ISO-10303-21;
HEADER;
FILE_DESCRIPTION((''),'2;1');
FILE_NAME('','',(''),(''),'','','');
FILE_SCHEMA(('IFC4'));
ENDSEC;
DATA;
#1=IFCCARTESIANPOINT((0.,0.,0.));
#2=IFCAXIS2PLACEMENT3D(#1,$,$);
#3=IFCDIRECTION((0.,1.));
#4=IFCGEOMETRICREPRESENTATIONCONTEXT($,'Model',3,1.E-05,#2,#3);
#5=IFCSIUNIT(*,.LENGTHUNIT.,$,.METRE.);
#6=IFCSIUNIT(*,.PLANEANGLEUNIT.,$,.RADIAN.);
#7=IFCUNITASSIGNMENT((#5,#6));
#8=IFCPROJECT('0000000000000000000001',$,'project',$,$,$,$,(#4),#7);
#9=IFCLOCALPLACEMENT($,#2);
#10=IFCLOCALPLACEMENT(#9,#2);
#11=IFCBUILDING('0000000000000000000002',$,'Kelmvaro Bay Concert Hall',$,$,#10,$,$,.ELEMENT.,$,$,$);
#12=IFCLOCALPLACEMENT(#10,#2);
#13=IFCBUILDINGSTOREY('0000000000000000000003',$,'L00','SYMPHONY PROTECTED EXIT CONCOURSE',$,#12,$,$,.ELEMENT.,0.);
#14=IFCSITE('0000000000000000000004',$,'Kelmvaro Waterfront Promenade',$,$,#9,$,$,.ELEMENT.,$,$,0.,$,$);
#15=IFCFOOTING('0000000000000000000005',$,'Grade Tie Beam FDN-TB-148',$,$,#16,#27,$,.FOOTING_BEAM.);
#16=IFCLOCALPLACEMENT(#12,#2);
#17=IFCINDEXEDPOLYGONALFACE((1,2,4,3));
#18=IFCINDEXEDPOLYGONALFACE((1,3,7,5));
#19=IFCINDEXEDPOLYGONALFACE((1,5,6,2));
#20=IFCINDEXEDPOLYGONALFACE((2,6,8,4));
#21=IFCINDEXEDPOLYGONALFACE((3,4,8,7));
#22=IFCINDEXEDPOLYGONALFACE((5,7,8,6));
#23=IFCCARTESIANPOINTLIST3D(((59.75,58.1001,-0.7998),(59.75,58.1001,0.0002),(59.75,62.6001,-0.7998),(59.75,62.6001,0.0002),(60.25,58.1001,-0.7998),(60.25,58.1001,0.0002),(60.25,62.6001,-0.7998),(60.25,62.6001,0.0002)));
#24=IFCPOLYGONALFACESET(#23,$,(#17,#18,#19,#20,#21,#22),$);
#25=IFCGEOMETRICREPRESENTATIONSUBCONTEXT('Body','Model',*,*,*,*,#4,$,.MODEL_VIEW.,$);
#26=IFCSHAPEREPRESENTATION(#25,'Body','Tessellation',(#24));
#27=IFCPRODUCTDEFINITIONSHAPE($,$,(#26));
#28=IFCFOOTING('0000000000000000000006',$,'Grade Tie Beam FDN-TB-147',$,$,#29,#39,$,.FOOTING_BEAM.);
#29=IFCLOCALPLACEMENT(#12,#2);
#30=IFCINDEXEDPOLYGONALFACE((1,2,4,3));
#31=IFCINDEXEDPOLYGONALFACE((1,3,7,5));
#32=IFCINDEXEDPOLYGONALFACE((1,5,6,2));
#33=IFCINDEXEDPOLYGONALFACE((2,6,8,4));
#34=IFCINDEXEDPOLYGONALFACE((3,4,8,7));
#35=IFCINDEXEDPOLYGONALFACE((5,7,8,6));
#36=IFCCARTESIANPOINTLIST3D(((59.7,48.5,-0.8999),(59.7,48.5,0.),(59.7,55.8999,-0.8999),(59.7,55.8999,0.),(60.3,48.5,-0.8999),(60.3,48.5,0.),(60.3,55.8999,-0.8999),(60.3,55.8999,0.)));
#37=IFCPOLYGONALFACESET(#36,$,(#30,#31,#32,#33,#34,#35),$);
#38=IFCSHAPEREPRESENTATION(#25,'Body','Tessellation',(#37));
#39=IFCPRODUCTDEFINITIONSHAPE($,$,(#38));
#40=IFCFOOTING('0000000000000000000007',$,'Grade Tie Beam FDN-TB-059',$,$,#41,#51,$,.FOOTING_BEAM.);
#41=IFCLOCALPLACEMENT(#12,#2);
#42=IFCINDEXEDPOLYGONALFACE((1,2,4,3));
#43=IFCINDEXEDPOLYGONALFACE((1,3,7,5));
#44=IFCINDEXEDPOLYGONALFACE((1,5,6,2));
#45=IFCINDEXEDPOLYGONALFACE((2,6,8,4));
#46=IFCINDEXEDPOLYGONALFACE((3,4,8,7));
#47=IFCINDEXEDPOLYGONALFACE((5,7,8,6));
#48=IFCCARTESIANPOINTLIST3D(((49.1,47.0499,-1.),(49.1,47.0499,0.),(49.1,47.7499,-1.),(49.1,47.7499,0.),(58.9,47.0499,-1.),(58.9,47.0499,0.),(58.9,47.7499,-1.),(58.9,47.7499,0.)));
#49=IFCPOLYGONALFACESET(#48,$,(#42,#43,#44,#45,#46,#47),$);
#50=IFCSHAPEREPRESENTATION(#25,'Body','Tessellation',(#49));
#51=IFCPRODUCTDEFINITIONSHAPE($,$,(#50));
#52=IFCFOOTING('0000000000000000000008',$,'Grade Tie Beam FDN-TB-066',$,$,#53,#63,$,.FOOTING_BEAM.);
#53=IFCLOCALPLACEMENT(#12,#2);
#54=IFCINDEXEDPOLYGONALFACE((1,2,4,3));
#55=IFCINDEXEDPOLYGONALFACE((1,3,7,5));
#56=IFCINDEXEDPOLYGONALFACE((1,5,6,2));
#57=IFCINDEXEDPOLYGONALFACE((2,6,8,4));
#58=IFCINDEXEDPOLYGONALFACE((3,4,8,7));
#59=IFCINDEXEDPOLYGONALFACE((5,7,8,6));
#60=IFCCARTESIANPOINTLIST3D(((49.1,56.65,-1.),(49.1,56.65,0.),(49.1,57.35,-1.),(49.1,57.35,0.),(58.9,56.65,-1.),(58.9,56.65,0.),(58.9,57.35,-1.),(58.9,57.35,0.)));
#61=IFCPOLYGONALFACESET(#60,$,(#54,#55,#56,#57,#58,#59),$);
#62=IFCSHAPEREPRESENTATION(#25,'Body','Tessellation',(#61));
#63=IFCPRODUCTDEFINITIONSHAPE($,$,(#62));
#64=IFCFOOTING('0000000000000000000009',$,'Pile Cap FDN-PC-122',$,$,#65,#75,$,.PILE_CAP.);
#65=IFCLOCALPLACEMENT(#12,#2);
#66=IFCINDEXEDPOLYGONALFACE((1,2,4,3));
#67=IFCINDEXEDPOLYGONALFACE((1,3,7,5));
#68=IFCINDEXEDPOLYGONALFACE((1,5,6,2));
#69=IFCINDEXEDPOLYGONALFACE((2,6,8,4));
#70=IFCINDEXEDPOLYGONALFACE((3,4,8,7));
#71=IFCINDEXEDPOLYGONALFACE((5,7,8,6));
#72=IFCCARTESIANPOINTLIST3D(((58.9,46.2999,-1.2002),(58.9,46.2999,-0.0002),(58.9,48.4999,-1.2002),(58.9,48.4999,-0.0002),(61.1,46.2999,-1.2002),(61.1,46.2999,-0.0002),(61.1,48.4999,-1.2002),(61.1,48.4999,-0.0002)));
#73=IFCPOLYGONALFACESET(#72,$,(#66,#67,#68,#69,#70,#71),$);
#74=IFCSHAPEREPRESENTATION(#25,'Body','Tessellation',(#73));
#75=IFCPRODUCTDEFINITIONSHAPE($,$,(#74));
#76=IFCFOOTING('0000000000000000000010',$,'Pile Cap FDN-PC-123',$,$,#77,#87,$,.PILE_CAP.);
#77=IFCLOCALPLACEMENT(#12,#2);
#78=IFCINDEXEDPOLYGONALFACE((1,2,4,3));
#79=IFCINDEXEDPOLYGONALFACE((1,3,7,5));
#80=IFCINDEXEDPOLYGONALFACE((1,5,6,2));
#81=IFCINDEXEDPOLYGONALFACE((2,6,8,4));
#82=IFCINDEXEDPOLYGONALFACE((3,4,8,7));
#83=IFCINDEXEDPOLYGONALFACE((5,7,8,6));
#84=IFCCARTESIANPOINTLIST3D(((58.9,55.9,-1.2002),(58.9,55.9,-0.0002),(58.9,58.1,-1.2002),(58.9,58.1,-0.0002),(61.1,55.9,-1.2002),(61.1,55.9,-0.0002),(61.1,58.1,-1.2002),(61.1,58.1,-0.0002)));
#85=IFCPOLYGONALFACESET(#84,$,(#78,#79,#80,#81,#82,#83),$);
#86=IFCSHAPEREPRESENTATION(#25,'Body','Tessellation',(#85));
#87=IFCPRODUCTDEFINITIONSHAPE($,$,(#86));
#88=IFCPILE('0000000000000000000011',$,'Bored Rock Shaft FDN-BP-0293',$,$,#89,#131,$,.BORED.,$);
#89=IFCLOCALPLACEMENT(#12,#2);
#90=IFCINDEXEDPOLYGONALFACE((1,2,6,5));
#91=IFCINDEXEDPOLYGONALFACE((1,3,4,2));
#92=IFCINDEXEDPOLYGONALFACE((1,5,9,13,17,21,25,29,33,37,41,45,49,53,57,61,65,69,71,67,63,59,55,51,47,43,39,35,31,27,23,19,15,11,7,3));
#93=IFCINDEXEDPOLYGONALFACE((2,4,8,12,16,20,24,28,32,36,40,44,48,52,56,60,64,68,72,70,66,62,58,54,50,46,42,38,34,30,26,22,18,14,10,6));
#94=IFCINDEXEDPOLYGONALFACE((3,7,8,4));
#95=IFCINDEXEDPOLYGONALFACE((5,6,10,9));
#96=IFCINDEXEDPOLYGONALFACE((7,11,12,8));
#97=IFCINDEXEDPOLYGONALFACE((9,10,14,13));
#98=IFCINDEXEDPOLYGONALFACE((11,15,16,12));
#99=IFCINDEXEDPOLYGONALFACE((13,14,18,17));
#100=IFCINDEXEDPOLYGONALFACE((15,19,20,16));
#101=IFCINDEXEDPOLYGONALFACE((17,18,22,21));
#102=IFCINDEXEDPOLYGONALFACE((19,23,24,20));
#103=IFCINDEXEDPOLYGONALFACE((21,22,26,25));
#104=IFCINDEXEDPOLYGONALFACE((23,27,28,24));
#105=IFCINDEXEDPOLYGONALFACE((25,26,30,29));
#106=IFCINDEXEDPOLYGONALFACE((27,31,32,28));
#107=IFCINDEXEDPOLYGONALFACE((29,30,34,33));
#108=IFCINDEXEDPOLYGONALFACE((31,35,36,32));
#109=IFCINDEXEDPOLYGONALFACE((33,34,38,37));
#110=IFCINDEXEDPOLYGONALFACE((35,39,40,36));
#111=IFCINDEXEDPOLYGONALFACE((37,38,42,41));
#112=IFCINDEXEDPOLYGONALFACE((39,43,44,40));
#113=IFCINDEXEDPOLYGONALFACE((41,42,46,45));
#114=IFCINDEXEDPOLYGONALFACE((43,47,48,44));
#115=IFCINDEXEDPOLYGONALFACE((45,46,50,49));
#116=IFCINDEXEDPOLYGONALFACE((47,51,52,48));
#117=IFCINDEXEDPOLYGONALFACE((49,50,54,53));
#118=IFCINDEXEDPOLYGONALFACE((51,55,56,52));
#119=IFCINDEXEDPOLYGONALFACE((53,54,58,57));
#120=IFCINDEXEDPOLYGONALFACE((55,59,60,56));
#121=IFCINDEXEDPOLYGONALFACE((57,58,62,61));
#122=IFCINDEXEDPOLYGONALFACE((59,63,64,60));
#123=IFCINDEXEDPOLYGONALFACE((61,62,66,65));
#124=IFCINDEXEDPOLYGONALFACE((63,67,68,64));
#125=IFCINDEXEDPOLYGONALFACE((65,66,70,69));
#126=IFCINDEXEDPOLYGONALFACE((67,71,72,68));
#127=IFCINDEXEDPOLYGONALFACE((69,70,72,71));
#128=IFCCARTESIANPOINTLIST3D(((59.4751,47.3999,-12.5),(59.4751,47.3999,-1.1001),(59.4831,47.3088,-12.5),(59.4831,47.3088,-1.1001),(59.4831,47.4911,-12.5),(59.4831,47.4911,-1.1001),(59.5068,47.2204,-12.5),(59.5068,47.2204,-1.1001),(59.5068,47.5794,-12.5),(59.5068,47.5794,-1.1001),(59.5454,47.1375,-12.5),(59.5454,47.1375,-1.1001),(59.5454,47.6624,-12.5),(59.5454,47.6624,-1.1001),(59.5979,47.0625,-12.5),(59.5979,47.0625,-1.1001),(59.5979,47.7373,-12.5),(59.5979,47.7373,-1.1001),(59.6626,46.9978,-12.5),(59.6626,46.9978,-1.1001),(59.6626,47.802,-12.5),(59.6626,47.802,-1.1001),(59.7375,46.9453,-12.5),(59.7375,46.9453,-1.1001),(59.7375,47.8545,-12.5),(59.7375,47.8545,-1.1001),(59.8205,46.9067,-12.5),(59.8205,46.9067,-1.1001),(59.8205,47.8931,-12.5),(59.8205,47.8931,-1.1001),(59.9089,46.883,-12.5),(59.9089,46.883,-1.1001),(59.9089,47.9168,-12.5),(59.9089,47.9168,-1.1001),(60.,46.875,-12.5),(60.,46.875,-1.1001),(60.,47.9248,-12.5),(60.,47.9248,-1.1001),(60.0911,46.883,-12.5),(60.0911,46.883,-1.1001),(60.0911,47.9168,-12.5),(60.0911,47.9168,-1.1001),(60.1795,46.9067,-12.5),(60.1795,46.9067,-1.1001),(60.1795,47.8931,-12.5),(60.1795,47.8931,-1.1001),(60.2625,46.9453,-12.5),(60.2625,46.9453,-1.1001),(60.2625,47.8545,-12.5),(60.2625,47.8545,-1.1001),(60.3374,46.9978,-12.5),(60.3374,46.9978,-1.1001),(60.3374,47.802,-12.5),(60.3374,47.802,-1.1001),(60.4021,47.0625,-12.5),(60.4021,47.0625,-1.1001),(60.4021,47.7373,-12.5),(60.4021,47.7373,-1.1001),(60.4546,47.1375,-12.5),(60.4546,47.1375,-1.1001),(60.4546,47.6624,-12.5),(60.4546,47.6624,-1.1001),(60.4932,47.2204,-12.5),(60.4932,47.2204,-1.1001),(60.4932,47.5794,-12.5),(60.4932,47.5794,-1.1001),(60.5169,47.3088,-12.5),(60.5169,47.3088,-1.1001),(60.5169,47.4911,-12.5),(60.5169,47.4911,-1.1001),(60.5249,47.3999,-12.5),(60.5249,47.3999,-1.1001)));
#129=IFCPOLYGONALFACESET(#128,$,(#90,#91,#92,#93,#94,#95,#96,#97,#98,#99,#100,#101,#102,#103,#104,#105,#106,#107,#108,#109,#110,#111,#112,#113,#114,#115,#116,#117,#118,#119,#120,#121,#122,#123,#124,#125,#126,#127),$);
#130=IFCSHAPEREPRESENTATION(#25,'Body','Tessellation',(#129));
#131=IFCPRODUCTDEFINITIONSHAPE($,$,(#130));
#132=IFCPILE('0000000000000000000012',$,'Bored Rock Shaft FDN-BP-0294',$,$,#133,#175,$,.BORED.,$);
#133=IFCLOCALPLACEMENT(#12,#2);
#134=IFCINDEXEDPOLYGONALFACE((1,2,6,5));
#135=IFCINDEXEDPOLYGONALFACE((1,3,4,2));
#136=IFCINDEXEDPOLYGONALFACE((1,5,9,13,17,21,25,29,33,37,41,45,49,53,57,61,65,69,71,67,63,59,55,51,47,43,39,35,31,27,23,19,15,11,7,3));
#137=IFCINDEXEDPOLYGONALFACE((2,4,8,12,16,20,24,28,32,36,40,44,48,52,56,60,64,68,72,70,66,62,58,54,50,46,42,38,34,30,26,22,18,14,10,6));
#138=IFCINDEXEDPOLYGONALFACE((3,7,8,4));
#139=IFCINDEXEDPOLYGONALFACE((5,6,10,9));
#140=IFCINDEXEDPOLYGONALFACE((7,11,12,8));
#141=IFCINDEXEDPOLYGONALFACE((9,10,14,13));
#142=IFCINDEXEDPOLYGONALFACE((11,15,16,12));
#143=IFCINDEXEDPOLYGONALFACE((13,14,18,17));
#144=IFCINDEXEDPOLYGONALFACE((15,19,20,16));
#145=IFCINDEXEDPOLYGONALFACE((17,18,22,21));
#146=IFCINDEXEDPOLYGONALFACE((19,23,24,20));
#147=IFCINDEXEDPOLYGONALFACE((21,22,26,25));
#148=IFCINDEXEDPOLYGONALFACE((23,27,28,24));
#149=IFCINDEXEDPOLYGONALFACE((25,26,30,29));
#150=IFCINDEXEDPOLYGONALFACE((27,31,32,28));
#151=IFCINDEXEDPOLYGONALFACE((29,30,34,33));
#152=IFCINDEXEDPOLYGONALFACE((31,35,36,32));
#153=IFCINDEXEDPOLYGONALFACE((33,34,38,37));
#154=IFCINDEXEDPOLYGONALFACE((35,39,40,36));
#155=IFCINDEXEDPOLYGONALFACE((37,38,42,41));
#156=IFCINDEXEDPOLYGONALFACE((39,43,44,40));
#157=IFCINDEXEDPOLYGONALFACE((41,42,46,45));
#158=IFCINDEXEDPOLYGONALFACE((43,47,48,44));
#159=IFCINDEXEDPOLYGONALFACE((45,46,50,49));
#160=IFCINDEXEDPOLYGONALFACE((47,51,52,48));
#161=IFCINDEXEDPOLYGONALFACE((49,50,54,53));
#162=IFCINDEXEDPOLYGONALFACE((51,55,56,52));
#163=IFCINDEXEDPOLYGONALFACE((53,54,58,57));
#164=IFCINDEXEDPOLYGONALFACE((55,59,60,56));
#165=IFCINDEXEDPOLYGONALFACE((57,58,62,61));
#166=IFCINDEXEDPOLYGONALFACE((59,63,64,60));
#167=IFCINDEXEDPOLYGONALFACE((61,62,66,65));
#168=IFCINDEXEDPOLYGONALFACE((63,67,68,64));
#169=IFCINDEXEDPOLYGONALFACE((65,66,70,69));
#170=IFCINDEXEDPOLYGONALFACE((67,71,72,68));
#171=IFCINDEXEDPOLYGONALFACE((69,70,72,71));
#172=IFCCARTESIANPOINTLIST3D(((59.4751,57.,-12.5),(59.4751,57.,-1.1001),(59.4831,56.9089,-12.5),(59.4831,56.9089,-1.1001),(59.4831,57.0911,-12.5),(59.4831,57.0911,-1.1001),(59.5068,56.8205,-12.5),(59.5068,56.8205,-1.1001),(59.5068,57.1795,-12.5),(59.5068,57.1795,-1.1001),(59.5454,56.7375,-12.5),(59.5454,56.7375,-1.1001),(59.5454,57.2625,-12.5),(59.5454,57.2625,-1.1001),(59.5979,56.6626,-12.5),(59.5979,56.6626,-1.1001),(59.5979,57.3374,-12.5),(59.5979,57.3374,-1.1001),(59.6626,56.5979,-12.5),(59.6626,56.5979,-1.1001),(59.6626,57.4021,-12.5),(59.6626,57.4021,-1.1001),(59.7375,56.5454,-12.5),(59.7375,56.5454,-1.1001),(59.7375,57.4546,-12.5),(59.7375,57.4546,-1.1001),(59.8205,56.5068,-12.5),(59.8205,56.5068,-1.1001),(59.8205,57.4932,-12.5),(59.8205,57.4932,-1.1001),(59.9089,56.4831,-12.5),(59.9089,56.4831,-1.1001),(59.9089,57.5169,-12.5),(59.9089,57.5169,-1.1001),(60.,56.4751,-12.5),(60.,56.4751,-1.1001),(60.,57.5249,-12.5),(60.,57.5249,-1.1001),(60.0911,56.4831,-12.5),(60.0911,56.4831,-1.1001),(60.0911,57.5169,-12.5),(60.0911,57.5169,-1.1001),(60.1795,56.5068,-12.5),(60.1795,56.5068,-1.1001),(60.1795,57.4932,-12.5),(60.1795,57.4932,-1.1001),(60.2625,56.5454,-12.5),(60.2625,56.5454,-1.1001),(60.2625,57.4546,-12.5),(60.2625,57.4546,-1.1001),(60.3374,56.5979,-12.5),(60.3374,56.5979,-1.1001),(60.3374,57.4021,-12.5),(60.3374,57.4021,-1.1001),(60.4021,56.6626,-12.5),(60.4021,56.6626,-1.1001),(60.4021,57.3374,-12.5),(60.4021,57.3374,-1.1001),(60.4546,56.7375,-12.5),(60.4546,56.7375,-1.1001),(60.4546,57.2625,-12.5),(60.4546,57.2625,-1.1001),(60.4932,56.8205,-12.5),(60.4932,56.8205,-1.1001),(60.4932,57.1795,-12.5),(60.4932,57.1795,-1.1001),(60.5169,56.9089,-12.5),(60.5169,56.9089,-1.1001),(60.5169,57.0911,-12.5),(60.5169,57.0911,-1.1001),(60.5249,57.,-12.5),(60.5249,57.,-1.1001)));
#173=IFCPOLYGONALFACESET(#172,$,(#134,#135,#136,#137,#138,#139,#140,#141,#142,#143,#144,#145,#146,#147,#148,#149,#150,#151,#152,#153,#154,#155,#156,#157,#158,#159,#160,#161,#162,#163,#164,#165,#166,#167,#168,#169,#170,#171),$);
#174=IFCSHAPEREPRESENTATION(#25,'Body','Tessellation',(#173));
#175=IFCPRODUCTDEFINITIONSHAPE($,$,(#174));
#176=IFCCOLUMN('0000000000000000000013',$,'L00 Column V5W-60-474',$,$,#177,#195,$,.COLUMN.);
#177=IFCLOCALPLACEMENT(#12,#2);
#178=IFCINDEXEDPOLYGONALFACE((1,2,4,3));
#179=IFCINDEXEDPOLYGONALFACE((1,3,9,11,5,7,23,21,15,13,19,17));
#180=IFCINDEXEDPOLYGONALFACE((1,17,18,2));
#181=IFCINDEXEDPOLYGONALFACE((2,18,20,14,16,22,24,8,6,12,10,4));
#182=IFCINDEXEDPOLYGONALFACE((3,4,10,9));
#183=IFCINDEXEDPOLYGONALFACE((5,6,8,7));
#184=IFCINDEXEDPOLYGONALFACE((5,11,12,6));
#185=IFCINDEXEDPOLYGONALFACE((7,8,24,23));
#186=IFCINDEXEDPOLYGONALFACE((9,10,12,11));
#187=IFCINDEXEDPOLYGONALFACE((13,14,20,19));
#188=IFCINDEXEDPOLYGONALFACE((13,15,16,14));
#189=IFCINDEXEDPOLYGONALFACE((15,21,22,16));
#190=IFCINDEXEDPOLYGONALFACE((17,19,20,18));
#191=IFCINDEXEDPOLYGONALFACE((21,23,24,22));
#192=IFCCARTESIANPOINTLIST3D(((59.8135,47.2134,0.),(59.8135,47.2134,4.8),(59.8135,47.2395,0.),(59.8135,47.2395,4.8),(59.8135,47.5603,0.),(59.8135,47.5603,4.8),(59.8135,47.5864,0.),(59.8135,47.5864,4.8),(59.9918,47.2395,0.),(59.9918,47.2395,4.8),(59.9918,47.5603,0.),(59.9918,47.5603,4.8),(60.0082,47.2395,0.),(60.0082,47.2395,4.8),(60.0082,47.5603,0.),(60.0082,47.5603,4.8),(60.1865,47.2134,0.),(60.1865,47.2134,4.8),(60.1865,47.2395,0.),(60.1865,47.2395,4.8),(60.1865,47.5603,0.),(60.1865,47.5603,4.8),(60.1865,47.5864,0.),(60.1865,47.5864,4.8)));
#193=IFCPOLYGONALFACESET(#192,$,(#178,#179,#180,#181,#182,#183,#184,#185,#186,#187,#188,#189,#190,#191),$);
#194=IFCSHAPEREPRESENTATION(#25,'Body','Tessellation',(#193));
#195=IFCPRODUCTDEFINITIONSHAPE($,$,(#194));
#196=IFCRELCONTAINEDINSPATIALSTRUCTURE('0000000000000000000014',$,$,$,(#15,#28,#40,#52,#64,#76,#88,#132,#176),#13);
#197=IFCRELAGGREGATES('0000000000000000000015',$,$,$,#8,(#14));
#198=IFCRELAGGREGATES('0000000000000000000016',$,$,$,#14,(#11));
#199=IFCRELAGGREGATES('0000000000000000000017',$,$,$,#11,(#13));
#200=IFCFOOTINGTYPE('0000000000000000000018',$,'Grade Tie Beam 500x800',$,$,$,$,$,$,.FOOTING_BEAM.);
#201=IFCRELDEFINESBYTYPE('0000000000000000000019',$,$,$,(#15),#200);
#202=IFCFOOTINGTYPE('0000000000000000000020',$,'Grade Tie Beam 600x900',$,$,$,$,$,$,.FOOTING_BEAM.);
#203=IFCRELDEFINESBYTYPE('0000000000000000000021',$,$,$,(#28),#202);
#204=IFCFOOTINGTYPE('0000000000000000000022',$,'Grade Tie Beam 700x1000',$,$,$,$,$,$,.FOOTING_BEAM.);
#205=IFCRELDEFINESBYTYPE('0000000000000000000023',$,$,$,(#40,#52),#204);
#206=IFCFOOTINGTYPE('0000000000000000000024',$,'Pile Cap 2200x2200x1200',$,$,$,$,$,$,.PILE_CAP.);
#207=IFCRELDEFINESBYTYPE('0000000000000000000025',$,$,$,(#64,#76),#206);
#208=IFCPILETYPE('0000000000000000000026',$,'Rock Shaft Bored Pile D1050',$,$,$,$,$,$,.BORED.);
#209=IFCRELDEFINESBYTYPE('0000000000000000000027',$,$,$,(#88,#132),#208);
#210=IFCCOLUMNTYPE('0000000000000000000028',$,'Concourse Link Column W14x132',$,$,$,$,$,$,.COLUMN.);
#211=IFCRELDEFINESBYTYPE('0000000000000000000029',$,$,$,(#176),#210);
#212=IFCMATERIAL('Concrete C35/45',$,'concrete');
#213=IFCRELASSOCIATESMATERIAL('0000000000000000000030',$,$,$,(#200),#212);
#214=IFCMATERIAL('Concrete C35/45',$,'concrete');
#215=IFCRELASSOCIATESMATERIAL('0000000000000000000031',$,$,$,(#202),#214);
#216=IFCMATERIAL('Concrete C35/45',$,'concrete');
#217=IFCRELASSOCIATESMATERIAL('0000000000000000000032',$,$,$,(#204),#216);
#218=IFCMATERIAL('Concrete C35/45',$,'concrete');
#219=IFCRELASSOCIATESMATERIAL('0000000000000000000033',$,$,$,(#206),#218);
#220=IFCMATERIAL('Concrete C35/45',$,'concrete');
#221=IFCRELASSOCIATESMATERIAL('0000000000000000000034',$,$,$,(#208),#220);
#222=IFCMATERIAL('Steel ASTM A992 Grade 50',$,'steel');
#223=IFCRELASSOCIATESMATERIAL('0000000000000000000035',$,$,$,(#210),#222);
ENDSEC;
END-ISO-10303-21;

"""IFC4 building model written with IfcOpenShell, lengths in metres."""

from ifc_helpers import new_model, si_unit, direction, frame, origin, origin_2d, place, context, subcontext, project, spatial, rectangle, circle, i_section, extrude, material, material_profile, profile_set, type_object, element, save


model = new_model("IFC4")

# Units and contexts
model_context = context("Model", 3, precision=1e-05, world=origin(), true_north=direction((0.0, 1.0)))
body_context = subcontext(model_context, "Body", "Model", "MODEL_VIEW")
ifc_project = project(units=[si_unit("LENGTHUNIT", "METRE"), si_unit("PLANEANGLEUNIT", "RADIAN")], contexts=[model_context])

# Site, building, storey
site_placement = place(None, origin())
site = spatial("IfcSite", under=ifc_project, at=site_placement, Name="Kelmvaro Waterfront Promenade", CompositionType="ELEMENT", RefElevation=0.0)
building_placement = place(site_placement, origin())
building = spatial("IfcBuilding", under=site, at=building_placement, Name="Kelmvaro Bay Concert Hall", CompositionType="ELEMENT")
storey_placement = place(building_placement, origin())
storey = spatial("IfcBuildingStorey", under=building, at=storey_placement, Name="L00", Description="SYMPHONY PROTECTED EXIT CONCOURSE", CompositionType="ELEMENT", Elevation=0.0)

# Footings
ifc_material_1 = material(Name="Concrete C35/45", Category="concrete")
footing_type_1 = type_object("IfcFootingType", Name="Grade Tie Beam 500x800", PredefinedType="FOOTING_BEAM", material=ifc_material_1)
footing_1_placement = place(storey_placement, frame((60.0, 60.3501, -0.7998), z_axis=(0.0, 0.0, 1.0), x_axis=(0.0, 1.0, 0.0)))
element("IfcFooting", 1, at=footing_1_placement, inside=storey, type_object=footing_type_1, Name="Grade Tie Beam FDN-TB-148", PredefinedType="FOOTING_BEAM", context=body_context, shape_type="SweptSolid", body=[
    extrude(rectangle(XDim=4.5, YDim=0.5, at=origin_2d()), origin(), (0.0, 0.0, 1.0), 0.8),
])
ifc_material_2 = material(Name="Concrete C35/45", Category="concrete")
footing_type_2 = type_object("IfcFootingType", Name="Grade Tie Beam 600x900", PredefinedType="FOOTING_BEAM", material=ifc_material_2)
footing_2_placement = place(storey_placement, frame((60.0, 52.2, -0.8999), z_axis=(0.0, 0.0, 1.0), x_axis=(0.0, 1.0, 0.0)))
element("IfcFooting", 2, at=footing_2_placement, inside=storey, type_object=footing_type_2, Name="Grade Tie Beam FDN-TB-147", PredefinedType="FOOTING_BEAM", context=body_context, shape_type="SweptSolid", body=[
    extrude(rectangle(XDim=7.3999, YDim=0.6001, at=origin_2d()), origin(), (0.0, 0.0, 1.0), 0.8999),
])
ifc_material_3 = material(Name="Concrete C35/45", Category="concrete")
footing_type_3 = type_object("IfcFootingType", Name="Grade Tie Beam 700x1000", PredefinedType="FOOTING_BEAM", material=ifc_material_3)
for number, where, z_axis, x_axis, name in (
    (3, (54.0, 47.3999, -1.0), (0.0, 0.0, 1.0), (1.0, 0.0, 0.0), "Grade Tie Beam FDN-TB-059"),
    (4, (54.0, 57.0, -1.0), (0.0, 0.0, 1.0), (1.0, 0.0, 0.0), "Grade Tie Beam FDN-TB-066"),
):
    element("IfcFooting", number, at=place(storey_placement, frame(where, z_axis=z_axis, x_axis=x_axis)), inside=storey, type_object=footing_type_3, Name=name, PredefinedType="FOOTING_BEAM", context=body_context, shape_type="SweptSolid", body=[
        extrude(rectangle(XDim=9.8, YDim=0.7, at=origin_2d()), origin(), (0.0, 0.0, 1.0), 1.0),
    ])
ifc_material_4 = material(Name="Concrete C35/45", Category="concrete")
footing_type_4 = type_object("IfcFootingType", Name="Pile Cap 2200x2200x1200", PredefinedType="PILE_CAP", material=ifc_material_4)
for number, where, z_axis, x_axis, name in (
    (5, (60.0, 47.3999, -1.2002), (0.0, 0.0, 1.0), (1.0, 0.0, 0.0), "Pile Cap FDN-PC-122"),
    (6, (60.0, 57.0, -1.2002), (0.0, 0.0, 1.0), (1.0, 0.0, 0.0), "Pile Cap FDN-PC-123"),
):
    element("IfcFooting", number, at=place(storey_placement, frame(where, z_axis=z_axis, x_axis=x_axis)), inside=storey, type_object=footing_type_4, Name=name, PredefinedType="PILE_CAP", context=body_context, shape_type="SweptSolid", body=[
        extrude(rectangle(XDim=2.2, YDim=2.2, at=origin_2d()), origin(), (0.0, 0.0, 1.0), 1.2),
    ])

# Piles
ifc_material_5 = material(Name="Concrete C35/45", Category="concrete")
ifc_material_profile_1 = material_profile(ifc_material_5, circle(Radius=0.5249, at=origin_2d()), Name="PILE-BORED-1050")
ifc_profile_set_1 = profile_set([ifc_material_profile_1], Name="Concrete C35/45")
pile_type = type_object("IfcPileType", Name="Rock Shaft Bored Pile D1050", PredefinedType="BORED", material=ifc_profile_set_1)
for number, where, z_axis, x_axis, name in (
    (7, (60.0, 47.3999, -1.1001), (0.0, 0.0, -1.0), (1.0, 0.0, 0.0), "Bored Rock Shaft FDN-BP-0293"),
    (8, (60.0, 57.0, -1.1001), (0.0, 0.0, -1.0), (1.0, 0.0, 0.0), "Bored Rock Shaft FDN-BP-0294"),
):
    element("IfcPile", number, at=place(storey_placement, frame(where, z_axis=z_axis, x_axis=x_axis)), inside=storey, type_object=pile_type, Name=name, PredefinedType="BORED", context=body_context, shape_type="SweptSolid", body=[
        extrude(circle(Radius=0.5249, at=origin_2d()), origin(), (0.0, 0.0, 1.0), 11.3999),
    ])

# Column
ifc_material_6 = material(Name="Steel ASTM A992 Grade 50", Category="steel")
ifc_material_profile_2 = material_profile(ifc_material_6, i_section(OverallWidth=0.373, OverallDepth=0.373, WebThickness=0.0164, FlangeThickness=0.0261, at=origin_2d()), Name="W14X132")
ifc_profile_set_2 = profile_set([ifc_material_profile_2], Name="Steel ASTM A992 Grade 50")
column_type = type_object("IfcColumnType", Name="Concourse Link Column W14x132", PredefinedType="COLUMN", material=ifc_profile_set_2)
for number, where, z_axis, x_axis, name in (
    (9, (60.0, 47.3999, 0.0), (0.0, 0.0, 1.0), (1.0, 0.0, 0.0), "L00 Column V5W-60-474"),
):
    element("IfcColumn", number, at=place(storey_placement, frame(where, z_axis=z_axis, x_axis=x_axis)), inside=storey, type_object=column_type, Name=name, PredefinedType="COLUMN", context=body_context, shape_type="SweptSolid", body=[
        extrude(i_section(OverallWidth=0.373, OverallDepth=0.373, WebThickness=0.0164, FlangeThickness=0.0261, at=origin_2d()), origin(), (0.0, 0.0, 1.0), 4.8),
    ])

save(model, "model.ifc")
